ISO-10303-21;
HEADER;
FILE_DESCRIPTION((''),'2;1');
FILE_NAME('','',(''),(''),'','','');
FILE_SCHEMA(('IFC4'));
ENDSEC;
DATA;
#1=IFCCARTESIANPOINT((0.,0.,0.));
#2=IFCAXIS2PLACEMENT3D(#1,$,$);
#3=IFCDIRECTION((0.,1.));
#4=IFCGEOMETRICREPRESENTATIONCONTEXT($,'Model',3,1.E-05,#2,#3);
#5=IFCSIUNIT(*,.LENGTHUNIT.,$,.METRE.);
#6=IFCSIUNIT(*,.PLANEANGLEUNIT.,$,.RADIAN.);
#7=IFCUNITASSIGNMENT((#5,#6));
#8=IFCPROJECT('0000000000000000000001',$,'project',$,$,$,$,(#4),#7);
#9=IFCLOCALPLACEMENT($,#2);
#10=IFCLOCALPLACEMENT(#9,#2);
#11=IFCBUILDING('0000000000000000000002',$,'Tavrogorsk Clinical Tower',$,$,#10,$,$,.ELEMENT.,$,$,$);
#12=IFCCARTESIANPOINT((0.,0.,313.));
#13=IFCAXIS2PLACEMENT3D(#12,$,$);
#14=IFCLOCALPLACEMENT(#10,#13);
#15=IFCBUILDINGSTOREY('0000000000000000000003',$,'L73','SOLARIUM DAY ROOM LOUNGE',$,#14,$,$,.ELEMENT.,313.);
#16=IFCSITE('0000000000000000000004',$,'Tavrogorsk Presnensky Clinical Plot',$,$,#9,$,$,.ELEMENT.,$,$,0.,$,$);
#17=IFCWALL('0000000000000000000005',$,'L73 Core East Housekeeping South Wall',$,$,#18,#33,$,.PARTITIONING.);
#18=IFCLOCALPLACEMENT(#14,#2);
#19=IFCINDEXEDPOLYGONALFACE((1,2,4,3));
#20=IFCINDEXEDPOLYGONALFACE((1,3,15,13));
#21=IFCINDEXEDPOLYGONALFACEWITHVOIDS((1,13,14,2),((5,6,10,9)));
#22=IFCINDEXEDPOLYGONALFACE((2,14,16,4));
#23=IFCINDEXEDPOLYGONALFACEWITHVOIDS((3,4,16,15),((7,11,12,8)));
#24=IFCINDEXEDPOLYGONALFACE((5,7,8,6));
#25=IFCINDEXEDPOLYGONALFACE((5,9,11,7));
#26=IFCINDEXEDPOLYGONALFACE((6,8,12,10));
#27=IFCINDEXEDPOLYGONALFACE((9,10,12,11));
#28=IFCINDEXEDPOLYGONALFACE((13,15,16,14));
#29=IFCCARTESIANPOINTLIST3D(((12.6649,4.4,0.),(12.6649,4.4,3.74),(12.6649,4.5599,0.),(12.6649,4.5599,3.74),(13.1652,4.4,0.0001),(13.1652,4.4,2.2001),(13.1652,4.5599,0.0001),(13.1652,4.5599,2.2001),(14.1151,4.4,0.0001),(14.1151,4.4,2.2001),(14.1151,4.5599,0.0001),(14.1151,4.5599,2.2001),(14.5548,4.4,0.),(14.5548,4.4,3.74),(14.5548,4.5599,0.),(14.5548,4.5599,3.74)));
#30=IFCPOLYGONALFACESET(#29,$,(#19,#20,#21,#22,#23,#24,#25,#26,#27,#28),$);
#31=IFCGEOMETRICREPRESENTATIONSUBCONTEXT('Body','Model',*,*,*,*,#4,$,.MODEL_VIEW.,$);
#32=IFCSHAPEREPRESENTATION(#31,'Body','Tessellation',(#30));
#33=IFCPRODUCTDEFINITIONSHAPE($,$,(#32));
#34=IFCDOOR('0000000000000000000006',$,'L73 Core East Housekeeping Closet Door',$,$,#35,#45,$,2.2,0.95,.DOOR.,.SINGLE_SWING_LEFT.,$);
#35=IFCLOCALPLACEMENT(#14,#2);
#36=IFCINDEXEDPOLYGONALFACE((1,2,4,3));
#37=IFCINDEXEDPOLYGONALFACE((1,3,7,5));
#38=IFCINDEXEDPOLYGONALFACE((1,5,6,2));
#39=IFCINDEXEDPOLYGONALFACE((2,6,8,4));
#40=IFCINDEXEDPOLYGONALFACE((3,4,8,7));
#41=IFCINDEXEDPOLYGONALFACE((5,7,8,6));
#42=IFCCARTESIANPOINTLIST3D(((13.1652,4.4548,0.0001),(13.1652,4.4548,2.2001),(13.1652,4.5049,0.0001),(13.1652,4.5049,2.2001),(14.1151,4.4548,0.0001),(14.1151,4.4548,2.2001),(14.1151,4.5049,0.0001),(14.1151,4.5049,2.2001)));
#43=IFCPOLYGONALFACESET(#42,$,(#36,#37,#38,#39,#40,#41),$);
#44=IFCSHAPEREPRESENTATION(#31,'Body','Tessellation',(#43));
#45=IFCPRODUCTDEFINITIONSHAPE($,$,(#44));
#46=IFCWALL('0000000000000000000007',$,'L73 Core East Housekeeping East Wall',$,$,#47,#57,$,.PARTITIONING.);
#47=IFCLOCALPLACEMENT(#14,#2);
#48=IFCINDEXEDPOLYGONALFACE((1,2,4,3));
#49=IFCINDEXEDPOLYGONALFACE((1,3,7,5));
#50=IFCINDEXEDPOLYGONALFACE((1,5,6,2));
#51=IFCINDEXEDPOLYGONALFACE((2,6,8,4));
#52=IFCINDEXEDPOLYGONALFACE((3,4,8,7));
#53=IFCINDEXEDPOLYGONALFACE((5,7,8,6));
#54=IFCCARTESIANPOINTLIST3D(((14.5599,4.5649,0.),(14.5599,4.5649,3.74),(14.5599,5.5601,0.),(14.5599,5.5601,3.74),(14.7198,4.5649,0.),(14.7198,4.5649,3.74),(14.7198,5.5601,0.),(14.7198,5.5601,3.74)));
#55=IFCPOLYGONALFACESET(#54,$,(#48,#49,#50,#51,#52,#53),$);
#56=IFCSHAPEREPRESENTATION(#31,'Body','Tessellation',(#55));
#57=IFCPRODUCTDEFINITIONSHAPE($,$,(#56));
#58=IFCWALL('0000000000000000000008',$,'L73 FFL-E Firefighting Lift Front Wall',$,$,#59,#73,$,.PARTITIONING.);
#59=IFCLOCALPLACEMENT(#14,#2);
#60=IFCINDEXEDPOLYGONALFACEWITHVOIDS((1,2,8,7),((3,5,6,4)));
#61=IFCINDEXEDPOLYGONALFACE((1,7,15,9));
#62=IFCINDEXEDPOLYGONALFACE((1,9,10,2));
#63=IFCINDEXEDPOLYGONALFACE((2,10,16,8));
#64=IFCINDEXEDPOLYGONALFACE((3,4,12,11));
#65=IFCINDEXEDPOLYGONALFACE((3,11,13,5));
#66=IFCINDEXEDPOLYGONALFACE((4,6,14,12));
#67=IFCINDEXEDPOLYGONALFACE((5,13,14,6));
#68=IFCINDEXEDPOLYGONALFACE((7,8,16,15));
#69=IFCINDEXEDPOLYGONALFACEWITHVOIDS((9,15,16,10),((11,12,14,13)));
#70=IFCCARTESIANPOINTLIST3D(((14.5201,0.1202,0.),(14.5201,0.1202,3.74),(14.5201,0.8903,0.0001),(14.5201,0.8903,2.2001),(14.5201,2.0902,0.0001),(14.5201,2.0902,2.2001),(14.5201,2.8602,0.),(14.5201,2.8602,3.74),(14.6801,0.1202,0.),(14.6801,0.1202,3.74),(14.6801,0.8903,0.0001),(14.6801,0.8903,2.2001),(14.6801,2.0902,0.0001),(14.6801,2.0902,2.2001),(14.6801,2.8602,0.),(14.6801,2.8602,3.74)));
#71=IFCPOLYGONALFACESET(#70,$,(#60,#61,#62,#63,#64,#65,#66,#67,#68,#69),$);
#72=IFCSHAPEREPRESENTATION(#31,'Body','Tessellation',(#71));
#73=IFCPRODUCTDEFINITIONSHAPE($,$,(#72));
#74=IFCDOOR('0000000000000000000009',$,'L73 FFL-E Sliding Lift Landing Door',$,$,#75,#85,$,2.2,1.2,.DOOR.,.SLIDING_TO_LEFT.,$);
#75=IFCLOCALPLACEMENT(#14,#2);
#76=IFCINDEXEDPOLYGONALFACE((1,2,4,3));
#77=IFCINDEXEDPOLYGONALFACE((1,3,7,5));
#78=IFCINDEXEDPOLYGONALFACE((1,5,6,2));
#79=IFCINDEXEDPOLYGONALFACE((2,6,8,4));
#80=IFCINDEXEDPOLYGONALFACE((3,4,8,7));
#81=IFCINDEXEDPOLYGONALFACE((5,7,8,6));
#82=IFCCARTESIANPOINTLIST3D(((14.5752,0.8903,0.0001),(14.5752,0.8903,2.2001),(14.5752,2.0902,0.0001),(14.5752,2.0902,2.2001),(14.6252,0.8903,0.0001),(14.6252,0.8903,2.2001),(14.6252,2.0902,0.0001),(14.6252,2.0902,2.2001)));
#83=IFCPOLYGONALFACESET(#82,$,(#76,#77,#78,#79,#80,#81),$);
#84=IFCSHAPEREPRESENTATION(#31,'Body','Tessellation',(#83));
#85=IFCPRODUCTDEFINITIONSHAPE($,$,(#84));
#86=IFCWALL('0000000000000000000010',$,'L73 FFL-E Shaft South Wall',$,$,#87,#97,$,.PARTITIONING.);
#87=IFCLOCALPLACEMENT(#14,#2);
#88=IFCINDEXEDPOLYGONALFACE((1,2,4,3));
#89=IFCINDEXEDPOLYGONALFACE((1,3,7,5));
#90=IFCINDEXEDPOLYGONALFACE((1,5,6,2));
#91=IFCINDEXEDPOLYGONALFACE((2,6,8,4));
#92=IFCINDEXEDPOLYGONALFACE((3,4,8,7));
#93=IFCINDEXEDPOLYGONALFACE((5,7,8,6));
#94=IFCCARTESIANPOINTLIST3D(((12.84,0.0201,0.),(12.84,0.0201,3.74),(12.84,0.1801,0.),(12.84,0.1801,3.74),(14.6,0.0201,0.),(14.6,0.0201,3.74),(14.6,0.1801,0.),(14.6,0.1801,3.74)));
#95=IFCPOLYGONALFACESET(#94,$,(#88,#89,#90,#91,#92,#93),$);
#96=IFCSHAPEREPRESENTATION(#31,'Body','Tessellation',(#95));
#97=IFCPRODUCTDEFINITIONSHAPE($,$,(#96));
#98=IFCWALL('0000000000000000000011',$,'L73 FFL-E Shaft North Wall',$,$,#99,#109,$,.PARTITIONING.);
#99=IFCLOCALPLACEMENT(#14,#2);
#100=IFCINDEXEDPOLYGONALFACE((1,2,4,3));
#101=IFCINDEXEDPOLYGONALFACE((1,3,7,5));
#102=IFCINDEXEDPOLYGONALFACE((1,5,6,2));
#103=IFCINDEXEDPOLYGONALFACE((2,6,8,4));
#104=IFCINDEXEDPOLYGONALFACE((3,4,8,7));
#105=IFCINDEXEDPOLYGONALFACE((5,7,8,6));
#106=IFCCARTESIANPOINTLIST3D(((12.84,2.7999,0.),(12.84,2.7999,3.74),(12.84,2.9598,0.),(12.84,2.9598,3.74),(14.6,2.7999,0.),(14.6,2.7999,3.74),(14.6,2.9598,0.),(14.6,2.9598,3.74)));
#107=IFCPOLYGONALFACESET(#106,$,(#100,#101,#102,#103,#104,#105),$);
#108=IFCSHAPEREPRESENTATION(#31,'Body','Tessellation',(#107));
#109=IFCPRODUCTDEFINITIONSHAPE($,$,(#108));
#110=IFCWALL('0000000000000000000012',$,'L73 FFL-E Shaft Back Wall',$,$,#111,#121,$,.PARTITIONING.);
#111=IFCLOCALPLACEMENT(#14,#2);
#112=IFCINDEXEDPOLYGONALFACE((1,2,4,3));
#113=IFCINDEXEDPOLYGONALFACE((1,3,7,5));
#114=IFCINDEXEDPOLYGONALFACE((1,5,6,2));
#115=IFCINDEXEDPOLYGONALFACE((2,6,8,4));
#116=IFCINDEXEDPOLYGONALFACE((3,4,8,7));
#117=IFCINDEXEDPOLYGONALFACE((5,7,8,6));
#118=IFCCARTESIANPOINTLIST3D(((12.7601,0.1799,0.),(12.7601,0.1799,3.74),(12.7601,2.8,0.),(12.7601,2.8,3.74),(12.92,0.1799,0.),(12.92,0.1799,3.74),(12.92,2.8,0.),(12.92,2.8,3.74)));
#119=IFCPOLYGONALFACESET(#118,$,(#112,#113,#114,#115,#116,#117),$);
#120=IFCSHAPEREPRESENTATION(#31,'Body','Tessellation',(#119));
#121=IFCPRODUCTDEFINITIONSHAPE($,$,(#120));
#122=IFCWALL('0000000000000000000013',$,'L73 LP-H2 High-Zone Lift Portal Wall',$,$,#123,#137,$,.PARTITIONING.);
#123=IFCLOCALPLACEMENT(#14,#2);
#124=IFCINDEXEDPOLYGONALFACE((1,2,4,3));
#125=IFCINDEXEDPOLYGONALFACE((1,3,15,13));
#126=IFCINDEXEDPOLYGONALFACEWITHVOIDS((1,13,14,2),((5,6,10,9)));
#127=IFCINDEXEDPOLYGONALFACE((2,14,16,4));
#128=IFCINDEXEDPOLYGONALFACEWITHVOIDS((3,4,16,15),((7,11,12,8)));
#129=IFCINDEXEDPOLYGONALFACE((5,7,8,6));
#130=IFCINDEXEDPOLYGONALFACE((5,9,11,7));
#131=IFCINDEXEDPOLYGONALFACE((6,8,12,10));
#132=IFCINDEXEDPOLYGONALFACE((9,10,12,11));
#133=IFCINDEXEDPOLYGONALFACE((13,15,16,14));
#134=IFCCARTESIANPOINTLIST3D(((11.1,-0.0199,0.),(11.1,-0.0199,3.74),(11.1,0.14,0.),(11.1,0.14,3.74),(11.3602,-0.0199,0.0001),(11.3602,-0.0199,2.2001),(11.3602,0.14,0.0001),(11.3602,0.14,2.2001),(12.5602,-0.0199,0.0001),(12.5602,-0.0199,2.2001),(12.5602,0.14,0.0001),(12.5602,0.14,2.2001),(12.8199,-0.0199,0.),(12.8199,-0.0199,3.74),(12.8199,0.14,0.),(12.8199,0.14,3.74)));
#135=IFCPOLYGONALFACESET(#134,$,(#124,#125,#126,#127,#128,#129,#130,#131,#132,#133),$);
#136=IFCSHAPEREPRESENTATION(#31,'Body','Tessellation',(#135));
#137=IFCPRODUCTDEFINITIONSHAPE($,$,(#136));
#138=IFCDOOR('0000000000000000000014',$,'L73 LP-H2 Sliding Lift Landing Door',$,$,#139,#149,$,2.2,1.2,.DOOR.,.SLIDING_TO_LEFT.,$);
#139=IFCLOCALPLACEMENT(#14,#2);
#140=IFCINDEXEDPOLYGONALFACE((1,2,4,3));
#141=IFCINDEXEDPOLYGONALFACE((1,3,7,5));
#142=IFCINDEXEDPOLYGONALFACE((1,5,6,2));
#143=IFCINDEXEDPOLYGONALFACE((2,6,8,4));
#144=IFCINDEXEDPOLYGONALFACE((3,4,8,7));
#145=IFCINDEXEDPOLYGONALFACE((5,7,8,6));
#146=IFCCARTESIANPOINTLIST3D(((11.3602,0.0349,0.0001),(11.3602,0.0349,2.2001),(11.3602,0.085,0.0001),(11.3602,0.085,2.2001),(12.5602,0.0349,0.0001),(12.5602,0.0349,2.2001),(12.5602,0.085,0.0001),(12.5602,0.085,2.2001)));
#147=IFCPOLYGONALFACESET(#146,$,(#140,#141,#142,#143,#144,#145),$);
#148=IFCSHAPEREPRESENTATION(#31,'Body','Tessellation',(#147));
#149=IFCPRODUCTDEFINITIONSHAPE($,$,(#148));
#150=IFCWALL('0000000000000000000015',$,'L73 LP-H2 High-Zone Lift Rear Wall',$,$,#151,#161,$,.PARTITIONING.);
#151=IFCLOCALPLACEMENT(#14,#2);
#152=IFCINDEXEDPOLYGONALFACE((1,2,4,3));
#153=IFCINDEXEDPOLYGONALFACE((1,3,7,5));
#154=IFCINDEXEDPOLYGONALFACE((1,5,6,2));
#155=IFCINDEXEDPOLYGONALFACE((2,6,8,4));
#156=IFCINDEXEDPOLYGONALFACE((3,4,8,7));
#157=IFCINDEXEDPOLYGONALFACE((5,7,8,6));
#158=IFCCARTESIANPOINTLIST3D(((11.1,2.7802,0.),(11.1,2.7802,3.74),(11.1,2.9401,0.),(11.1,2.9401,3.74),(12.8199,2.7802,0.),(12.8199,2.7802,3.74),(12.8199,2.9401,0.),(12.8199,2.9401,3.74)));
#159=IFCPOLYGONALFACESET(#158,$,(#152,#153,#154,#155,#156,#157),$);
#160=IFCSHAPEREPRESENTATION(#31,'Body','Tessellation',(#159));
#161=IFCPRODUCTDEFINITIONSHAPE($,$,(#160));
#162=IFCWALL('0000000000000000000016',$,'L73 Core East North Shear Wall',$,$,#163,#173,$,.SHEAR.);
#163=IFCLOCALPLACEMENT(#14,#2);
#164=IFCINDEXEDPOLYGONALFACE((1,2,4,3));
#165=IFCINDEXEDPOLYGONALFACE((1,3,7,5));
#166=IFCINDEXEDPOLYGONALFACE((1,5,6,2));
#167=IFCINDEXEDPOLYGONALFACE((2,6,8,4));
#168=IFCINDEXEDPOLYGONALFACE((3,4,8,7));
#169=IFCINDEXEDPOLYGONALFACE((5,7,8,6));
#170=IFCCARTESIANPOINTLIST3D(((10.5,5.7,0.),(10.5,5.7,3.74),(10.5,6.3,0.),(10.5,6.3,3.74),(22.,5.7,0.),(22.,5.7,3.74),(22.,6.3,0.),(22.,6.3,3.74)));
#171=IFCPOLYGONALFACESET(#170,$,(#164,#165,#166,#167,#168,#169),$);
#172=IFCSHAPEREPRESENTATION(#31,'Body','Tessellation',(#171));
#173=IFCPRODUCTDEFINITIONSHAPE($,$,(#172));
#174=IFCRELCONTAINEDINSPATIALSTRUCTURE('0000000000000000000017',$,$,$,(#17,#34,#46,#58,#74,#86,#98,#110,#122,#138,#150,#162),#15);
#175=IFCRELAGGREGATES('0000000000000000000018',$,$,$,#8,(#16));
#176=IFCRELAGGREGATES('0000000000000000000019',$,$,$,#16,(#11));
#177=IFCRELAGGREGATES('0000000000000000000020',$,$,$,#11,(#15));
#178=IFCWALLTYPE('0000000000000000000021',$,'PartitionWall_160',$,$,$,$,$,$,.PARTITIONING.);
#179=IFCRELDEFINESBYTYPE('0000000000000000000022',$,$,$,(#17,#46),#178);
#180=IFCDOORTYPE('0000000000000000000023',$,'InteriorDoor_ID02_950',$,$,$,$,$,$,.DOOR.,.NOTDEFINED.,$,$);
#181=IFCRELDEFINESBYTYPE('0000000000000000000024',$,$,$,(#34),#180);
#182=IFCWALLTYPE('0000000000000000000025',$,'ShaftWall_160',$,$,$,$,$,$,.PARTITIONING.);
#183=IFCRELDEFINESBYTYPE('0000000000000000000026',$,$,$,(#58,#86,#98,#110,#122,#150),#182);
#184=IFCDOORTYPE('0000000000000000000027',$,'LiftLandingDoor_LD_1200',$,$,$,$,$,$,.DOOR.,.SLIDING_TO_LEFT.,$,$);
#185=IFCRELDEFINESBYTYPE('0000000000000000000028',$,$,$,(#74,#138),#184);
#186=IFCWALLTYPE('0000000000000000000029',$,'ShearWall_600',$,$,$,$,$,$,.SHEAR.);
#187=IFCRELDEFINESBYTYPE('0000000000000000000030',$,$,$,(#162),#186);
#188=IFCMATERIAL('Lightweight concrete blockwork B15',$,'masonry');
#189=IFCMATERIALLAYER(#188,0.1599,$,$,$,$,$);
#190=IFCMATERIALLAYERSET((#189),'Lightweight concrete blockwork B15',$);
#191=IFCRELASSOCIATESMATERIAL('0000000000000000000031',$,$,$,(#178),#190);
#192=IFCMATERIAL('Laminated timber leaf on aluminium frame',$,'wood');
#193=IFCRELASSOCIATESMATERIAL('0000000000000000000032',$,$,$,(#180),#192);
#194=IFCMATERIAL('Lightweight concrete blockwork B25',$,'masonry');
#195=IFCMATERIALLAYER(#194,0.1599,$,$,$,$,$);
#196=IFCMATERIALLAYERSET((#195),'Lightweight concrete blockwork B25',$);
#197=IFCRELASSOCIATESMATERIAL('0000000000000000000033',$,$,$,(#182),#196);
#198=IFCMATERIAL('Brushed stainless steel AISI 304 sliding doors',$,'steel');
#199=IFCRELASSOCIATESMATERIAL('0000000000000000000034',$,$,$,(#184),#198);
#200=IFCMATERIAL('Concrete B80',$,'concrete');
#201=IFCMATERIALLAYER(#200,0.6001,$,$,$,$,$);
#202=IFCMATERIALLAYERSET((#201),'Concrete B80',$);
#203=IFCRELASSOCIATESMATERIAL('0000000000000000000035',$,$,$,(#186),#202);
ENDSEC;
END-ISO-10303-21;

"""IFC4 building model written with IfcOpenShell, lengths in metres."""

from ifc_helpers import new_model, si_unit, direction, frame, frame_2d, origin, place, context, subcontext, project, spatial, rectangle, extrude, material, layer, layer_set, type_object, element, fill, save


model = new_model("IFC4")

# Units and contexts
model_context = context("Model", 3, precision=1e-05, world=origin(), true_north=direction((0.0, 1.0)))
body_context = subcontext(model_context, "Body", "Model", "MODEL_VIEW")
ifc_project = project(units=[si_unit("LENGTHUNIT", "METRE"), si_unit("PLANEANGLEUNIT", "RADIAN")], contexts=[model_context])

# Site, building, storey
site_placement = place(None, origin())
site = spatial("IfcSite", under=ifc_project, at=site_placement, Name="Tavrogorsk Presnensky Clinical Plot", CompositionType="ELEMENT", RefElevation=0.0)
building_placement = place(site_placement, origin())
building = spatial("IfcBuilding", under=site, at=building_placement, Name="Tavrogorsk Clinical Tower", CompositionType="ELEMENT")
storey_placement = place(building_placement, frame((0.0, 0.0, 313.0)))
storey = spatial("IfcBuildingStorey", under=building, at=storey_placement, Name="L73", Description="SOLARIUM DAY ROOM LOUNGE", CompositionType="ELEMENT", Elevation=313.0)

# Wall, opening, door
ifc_material_1 = material(Name="Lightweight concrete blockwork B15", Category="masonry")
ifc_layer_1 = layer(ifc_material_1, 0.1599)
ifc_layer_set_1 = layer_set([ifc_layer_1], Name="Lightweight concrete blockwork B15")
wall_type_1 = type_object("IfcWallType", Name="PartitionWall_160", PredefinedType="PARTITIONING", material=ifc_layer_set_1)
ifc_material_2 = material(Name="Laminated timber leaf on aluminium frame", Category="wood")
door_type_1 = type_object("IfcDoorType", Name="InteriorDoor_ID02_950", OperationType="NOTDEFINED", PredefinedType="DOOR", material=ifc_material_2)
wall_1_placement = place(storey_placement, frame((12.665, 4.48, 0.0), z_axis=(0.0, 0.0, 1.0), x_axis=(1.0, 0.0, 0.0)))
wall_1 = element("IfcWall", 1, at=wall_1_placement, inside=storey, type_object=wall_type_1, Name="L73 Core East Housekeeping South Wall", PredefinedType="PARTITIONING", context=body_context, shape_type="SweptSolid", body=[
    extrude(rectangle(XDim=1.8899, YDim=0.1599, at=frame_2d((0.9448, 0.0))), origin(), (0.0, 0.0, 1.0), 3.74),
])
opening_1_placement = place(wall_1_placement, frame((0.5, 0.0, 0.0)))
opening_1 = element("IfcOpeningElement", 2, at=opening_1_placement, cuts=wall_1, PredefinedType="OPENING", context=body_context, shape_type="SweptSolid", body=[
    extrude(rectangle(XDim=0.95, YDim=2.2, at=frame_2d((0.4751, 1.1001))), frame((0.0, 0.0898, 0.0), z_axis=(0.0, -1.0, 0.0), x_axis=(1.0, 0.0, 0.0)), (0.0, 0.0, 1.0), 0.1799),
])
door_1_placement = place(opening_1_placement, origin())
door_1 = element("IfcDoor", 3, at=door_1_placement, inside=storey, type_object=door_type_1, Name="L73 Core East Housekeeping Closet Door", OperationType="SINGLE_SWING_LEFT", OverallHeight=2.2, OverallWidth=0.95, PredefinedType="DOOR", context=body_context, shape_type="SweptSolid", body=[
    extrude(rectangle(XDim=0.95, YDim=2.2, at=frame_2d((0.4751, 1.1001))), frame((0.0, 0.0249, 0.0), z_axis=(0.0, -1.0, 0.0), x_axis=(1.0, 0.0, 0.0)), (0.0, 0.0, 1.0), 0.05),
])
fill(opening_1, door_1)

# Wall
wall_2_placement = place(storey_placement, frame((14.6399, 4.5649, 0.0), z_axis=(0.0, 0.0, 1.0), x_axis=(0.0, 1.0, 0.0)))
element("IfcWall", 4, at=wall_2_placement, inside=storey, type_object=wall_type_1, Name="L73 Core East Housekeeping East Wall", PredefinedType="PARTITIONING", context=body_context, shape_type="SweptSolid", body=[
    extrude(rectangle(XDim=0.9951, YDim=0.1599, at=frame_2d((0.4976, 0.0))), origin(), (0.0, 0.0, 1.0), 3.74),
])

# Wall, opening, door
ifc_material_3 = material(Name="Lightweight concrete blockwork B25", Category="masonry")
ifc_layer_2 = layer(ifc_material_3, 0.1599)
ifc_layer_set_2 = layer_set([ifc_layer_2], Name="Lightweight concrete blockwork B25")
wall_type_2 = type_object("IfcWallType", Name="ShaftWall_160", PredefinedType="PARTITIONING", material=ifc_layer_set_2)
wall_3_placement = place(storey_placement, frame((14.6001, 0.1201, 0.0), z_axis=(0.0, 0.0, 1.0), x_axis=(0.0, 1.0, 0.0)))
wall_3 = element("IfcWall", 5, at=wall_3_placement, inside=storey, type_object=wall_type_2, Name="L73 FFL-E Firefighting Lift Front Wall", PredefinedType="PARTITIONING", context=body_context, shape_type="SweptSolid", body=[
    extrude(rectangle(XDim=2.74, YDim=0.1599, at=frame_2d((1.3701, 0.0))), origin(), (0.0, 0.0, 1.0), 3.74),
])
opening_2_placement = place(wall_3_placement, frame((0.77, 0.0, 0.0)))
opening_2 = element("IfcOpeningElement", 6, at=opening_2_placement, cuts=wall_3, PredefinedType="OPENING", context=body_context, shape_type="SweptSolid", body=[
    extrude(rectangle(XDim=1.2, YDim=2.2, at=frame_2d((0.6001, 1.1001))), frame((0.0, 0.0898, 0.0), z_axis=(0.0, -1.0, 0.0), x_axis=(1.0, 0.0, 0.0)), (0.0, 0.0, 1.0), 0.1799),
])
ifc_material_4 = material(Name="Brushed stainless steel AISI 304 sliding doors", Category="steel")
door_type_2 = type_object("IfcDoorType", Name="LiftLandingDoor_LD_1200", OperationType="SLIDING_TO_LEFT", PredefinedType="DOOR", material=ifc_material_4)
door_2_placement = place(opening_2_placement, origin())
door_2 = element("IfcDoor", 7, at=door_2_placement, inside=storey, type_object=door_type_2, Name="L73 FFL-E Sliding Lift Landing Door", OperationType="SLIDING_TO_LEFT", OverallHeight=2.2, OverallWidth=1.2, PredefinedType="DOOR", context=body_context, shape_type="SweptSolid", body=[
    extrude(rectangle(XDim=1.2, YDim=2.2, at=frame_2d((0.6001, 1.1001))), frame((0.0, 0.0249, 0.0), z_axis=(0.0, -1.0, 0.0), x_axis=(1.0, 0.0, 0.0)), (0.0, 0.0, 1.0), 0.05),
])
fill(opening_2, door_2)

# Walls
for number, where, z_axis, x_axis, name in (
    (8, (12.8401, 0.1001, 0.0), (0.0, 0.0, 1.0), (1.0, 0.0, 0.0), "L73 FFL-E Shaft South Wall"),
    (9, (12.8401, 2.8799, 0.0), (0.0, 0.0, 1.0), (1.0, 0.0, 0.0), "L73 FFL-E Shaft North Wall"),
):
    element("IfcWall", number, at=place(storey_placement, frame(where, z_axis=z_axis, x_axis=x_axis)), inside=storey, type_object=wall_type_2, Name=name, PredefinedType="PARTITIONING", context=body_context, shape_type="SweptSolid", body=[
        extrude(rectangle(XDim=1.76, YDim=0.1599, at=frame_2d((0.8799, 0.0))), origin(), (0.0, 0.0, 1.0), 3.74),
    ])
wall_4_placement = place(storey_placement, frame((12.8401, 0.1799, 0.0), z_axis=(0.0, 0.0, 1.0), x_axis=(0.0, 1.0, 0.0)))
element("IfcWall", 10, at=wall_4_placement, inside=storey, type_object=wall_type_2, Name="L73 FFL-E Shaft Back Wall", PredefinedType="PARTITIONING", context=body_context, shape_type="SweptSolid", body=[
    extrude(rectangle(XDim=2.6201, YDim=0.1599, at=frame_2d((1.3101, 0.0))), origin(), (0.0, 0.0, 1.0), 3.74),
])

# Wall, opening, door
wall_5_placement = place(storey_placement, frame((11.1001, 0.0601, 0.0), z_axis=(0.0, 0.0, 1.0), x_axis=(1.0, 0.0, 0.0)))
wall_5 = element("IfcWall", 11, at=wall_5_placement, inside=storey, type_object=wall_type_2, Name="L73 LP-H2 High-Zone Lift Portal Wall", PredefinedType="PARTITIONING", context=body_context, shape_type="SweptSolid", body=[
    extrude(rectangle(XDim=1.72, YDim=0.1599, at=frame_2d((0.8599, 0.0))), origin(), (0.0, 0.0, 1.0), 3.74),
])
opening_3_placement = place(wall_5_placement, frame((0.26, 0.0, 0.0)))
opening_3 = element("IfcOpeningElement", 12, at=opening_3_placement, cuts=wall_5, PredefinedType="OPENING", context=body_context, shape_type="SweptSolid", body=[
    extrude(rectangle(XDim=1.2, YDim=2.2, at=frame_2d((0.6001, 1.1001))), frame((0.0, 0.0898, 0.0), z_axis=(0.0, -1.0, 0.0), x_axis=(1.0, 0.0, 0.0)), (0.0, 0.0, 1.0), 0.1799),
])
door_3_placement = place(opening_3_placement, origin())
door_3 = element("IfcDoor", 13, at=door_3_placement, inside=storey, type_object=door_type_2, Name="L73 LP-H2 Sliding Lift Landing Door", OperationType="SLIDING_TO_LEFT", OverallHeight=2.2, OverallWidth=1.2, PredefinedType="DOOR", context=body_context, shape_type="SweptSolid", body=[
    extrude(rectangle(XDim=1.2, YDim=2.2, at=frame_2d((0.6001, 1.1001))), frame((0.0, 0.0249, 0.0), z_axis=(0.0, -1.0, 0.0), x_axis=(1.0, 0.0, 0.0)), (0.0, 0.0, 1.0), 0.05),
])
fill(opening_3, door_3)

# Walls
wall_6_placement = place(storey_placement, frame((11.1001, 2.8601, 0.0), z_axis=(0.0, 0.0, 1.0), x_axis=(1.0, 0.0, 0.0)))
element("IfcWall", 14, at=wall_6_placement, inside=storey, type_object=wall_type_2, Name="L73 LP-H2 High-Zone Lift Rear Wall", PredefinedType="PARTITIONING", context=body_context, shape_type="SweptSolid", body=[
    extrude(rectangle(XDim=1.72, YDim=0.1599, at=frame_2d((0.8599, 0.0))), origin(), (0.0, 0.0, 1.0), 3.74),
])
ifc_material_5 = material(Name="Concrete B80", Category="concrete")
ifc_layer_3 = layer(ifc_material_5, 0.6001)
ifc_layer_set_3 = layer_set([ifc_layer_3], Name="Concrete B80")
wall_type_3 = type_object("IfcWallType", Name="ShearWall_600", PredefinedType="SHEAR", material=ifc_layer_set_3)
wall_7_placement = place(storey_placement, frame((10.5, 6.0, 0.0), z_axis=(0.0, 0.0, 1.0), x_axis=(1.0, 0.0, 0.0)))
element("IfcWall", 15, at=wall_7_placement, inside=storey, type_object=wall_type_3, Name="L73 Core East North Shear Wall", PredefinedType="SHEAR", context=body_context, shape_type="SweptSolid", body=[
    extrude(rectangle(XDim=11.5, YDim=0.6001, at=frame_2d((5.75, 0.0))), origin(), (0.0, 0.0, 1.0), 3.74),
])

save(model, "model.ifc")
